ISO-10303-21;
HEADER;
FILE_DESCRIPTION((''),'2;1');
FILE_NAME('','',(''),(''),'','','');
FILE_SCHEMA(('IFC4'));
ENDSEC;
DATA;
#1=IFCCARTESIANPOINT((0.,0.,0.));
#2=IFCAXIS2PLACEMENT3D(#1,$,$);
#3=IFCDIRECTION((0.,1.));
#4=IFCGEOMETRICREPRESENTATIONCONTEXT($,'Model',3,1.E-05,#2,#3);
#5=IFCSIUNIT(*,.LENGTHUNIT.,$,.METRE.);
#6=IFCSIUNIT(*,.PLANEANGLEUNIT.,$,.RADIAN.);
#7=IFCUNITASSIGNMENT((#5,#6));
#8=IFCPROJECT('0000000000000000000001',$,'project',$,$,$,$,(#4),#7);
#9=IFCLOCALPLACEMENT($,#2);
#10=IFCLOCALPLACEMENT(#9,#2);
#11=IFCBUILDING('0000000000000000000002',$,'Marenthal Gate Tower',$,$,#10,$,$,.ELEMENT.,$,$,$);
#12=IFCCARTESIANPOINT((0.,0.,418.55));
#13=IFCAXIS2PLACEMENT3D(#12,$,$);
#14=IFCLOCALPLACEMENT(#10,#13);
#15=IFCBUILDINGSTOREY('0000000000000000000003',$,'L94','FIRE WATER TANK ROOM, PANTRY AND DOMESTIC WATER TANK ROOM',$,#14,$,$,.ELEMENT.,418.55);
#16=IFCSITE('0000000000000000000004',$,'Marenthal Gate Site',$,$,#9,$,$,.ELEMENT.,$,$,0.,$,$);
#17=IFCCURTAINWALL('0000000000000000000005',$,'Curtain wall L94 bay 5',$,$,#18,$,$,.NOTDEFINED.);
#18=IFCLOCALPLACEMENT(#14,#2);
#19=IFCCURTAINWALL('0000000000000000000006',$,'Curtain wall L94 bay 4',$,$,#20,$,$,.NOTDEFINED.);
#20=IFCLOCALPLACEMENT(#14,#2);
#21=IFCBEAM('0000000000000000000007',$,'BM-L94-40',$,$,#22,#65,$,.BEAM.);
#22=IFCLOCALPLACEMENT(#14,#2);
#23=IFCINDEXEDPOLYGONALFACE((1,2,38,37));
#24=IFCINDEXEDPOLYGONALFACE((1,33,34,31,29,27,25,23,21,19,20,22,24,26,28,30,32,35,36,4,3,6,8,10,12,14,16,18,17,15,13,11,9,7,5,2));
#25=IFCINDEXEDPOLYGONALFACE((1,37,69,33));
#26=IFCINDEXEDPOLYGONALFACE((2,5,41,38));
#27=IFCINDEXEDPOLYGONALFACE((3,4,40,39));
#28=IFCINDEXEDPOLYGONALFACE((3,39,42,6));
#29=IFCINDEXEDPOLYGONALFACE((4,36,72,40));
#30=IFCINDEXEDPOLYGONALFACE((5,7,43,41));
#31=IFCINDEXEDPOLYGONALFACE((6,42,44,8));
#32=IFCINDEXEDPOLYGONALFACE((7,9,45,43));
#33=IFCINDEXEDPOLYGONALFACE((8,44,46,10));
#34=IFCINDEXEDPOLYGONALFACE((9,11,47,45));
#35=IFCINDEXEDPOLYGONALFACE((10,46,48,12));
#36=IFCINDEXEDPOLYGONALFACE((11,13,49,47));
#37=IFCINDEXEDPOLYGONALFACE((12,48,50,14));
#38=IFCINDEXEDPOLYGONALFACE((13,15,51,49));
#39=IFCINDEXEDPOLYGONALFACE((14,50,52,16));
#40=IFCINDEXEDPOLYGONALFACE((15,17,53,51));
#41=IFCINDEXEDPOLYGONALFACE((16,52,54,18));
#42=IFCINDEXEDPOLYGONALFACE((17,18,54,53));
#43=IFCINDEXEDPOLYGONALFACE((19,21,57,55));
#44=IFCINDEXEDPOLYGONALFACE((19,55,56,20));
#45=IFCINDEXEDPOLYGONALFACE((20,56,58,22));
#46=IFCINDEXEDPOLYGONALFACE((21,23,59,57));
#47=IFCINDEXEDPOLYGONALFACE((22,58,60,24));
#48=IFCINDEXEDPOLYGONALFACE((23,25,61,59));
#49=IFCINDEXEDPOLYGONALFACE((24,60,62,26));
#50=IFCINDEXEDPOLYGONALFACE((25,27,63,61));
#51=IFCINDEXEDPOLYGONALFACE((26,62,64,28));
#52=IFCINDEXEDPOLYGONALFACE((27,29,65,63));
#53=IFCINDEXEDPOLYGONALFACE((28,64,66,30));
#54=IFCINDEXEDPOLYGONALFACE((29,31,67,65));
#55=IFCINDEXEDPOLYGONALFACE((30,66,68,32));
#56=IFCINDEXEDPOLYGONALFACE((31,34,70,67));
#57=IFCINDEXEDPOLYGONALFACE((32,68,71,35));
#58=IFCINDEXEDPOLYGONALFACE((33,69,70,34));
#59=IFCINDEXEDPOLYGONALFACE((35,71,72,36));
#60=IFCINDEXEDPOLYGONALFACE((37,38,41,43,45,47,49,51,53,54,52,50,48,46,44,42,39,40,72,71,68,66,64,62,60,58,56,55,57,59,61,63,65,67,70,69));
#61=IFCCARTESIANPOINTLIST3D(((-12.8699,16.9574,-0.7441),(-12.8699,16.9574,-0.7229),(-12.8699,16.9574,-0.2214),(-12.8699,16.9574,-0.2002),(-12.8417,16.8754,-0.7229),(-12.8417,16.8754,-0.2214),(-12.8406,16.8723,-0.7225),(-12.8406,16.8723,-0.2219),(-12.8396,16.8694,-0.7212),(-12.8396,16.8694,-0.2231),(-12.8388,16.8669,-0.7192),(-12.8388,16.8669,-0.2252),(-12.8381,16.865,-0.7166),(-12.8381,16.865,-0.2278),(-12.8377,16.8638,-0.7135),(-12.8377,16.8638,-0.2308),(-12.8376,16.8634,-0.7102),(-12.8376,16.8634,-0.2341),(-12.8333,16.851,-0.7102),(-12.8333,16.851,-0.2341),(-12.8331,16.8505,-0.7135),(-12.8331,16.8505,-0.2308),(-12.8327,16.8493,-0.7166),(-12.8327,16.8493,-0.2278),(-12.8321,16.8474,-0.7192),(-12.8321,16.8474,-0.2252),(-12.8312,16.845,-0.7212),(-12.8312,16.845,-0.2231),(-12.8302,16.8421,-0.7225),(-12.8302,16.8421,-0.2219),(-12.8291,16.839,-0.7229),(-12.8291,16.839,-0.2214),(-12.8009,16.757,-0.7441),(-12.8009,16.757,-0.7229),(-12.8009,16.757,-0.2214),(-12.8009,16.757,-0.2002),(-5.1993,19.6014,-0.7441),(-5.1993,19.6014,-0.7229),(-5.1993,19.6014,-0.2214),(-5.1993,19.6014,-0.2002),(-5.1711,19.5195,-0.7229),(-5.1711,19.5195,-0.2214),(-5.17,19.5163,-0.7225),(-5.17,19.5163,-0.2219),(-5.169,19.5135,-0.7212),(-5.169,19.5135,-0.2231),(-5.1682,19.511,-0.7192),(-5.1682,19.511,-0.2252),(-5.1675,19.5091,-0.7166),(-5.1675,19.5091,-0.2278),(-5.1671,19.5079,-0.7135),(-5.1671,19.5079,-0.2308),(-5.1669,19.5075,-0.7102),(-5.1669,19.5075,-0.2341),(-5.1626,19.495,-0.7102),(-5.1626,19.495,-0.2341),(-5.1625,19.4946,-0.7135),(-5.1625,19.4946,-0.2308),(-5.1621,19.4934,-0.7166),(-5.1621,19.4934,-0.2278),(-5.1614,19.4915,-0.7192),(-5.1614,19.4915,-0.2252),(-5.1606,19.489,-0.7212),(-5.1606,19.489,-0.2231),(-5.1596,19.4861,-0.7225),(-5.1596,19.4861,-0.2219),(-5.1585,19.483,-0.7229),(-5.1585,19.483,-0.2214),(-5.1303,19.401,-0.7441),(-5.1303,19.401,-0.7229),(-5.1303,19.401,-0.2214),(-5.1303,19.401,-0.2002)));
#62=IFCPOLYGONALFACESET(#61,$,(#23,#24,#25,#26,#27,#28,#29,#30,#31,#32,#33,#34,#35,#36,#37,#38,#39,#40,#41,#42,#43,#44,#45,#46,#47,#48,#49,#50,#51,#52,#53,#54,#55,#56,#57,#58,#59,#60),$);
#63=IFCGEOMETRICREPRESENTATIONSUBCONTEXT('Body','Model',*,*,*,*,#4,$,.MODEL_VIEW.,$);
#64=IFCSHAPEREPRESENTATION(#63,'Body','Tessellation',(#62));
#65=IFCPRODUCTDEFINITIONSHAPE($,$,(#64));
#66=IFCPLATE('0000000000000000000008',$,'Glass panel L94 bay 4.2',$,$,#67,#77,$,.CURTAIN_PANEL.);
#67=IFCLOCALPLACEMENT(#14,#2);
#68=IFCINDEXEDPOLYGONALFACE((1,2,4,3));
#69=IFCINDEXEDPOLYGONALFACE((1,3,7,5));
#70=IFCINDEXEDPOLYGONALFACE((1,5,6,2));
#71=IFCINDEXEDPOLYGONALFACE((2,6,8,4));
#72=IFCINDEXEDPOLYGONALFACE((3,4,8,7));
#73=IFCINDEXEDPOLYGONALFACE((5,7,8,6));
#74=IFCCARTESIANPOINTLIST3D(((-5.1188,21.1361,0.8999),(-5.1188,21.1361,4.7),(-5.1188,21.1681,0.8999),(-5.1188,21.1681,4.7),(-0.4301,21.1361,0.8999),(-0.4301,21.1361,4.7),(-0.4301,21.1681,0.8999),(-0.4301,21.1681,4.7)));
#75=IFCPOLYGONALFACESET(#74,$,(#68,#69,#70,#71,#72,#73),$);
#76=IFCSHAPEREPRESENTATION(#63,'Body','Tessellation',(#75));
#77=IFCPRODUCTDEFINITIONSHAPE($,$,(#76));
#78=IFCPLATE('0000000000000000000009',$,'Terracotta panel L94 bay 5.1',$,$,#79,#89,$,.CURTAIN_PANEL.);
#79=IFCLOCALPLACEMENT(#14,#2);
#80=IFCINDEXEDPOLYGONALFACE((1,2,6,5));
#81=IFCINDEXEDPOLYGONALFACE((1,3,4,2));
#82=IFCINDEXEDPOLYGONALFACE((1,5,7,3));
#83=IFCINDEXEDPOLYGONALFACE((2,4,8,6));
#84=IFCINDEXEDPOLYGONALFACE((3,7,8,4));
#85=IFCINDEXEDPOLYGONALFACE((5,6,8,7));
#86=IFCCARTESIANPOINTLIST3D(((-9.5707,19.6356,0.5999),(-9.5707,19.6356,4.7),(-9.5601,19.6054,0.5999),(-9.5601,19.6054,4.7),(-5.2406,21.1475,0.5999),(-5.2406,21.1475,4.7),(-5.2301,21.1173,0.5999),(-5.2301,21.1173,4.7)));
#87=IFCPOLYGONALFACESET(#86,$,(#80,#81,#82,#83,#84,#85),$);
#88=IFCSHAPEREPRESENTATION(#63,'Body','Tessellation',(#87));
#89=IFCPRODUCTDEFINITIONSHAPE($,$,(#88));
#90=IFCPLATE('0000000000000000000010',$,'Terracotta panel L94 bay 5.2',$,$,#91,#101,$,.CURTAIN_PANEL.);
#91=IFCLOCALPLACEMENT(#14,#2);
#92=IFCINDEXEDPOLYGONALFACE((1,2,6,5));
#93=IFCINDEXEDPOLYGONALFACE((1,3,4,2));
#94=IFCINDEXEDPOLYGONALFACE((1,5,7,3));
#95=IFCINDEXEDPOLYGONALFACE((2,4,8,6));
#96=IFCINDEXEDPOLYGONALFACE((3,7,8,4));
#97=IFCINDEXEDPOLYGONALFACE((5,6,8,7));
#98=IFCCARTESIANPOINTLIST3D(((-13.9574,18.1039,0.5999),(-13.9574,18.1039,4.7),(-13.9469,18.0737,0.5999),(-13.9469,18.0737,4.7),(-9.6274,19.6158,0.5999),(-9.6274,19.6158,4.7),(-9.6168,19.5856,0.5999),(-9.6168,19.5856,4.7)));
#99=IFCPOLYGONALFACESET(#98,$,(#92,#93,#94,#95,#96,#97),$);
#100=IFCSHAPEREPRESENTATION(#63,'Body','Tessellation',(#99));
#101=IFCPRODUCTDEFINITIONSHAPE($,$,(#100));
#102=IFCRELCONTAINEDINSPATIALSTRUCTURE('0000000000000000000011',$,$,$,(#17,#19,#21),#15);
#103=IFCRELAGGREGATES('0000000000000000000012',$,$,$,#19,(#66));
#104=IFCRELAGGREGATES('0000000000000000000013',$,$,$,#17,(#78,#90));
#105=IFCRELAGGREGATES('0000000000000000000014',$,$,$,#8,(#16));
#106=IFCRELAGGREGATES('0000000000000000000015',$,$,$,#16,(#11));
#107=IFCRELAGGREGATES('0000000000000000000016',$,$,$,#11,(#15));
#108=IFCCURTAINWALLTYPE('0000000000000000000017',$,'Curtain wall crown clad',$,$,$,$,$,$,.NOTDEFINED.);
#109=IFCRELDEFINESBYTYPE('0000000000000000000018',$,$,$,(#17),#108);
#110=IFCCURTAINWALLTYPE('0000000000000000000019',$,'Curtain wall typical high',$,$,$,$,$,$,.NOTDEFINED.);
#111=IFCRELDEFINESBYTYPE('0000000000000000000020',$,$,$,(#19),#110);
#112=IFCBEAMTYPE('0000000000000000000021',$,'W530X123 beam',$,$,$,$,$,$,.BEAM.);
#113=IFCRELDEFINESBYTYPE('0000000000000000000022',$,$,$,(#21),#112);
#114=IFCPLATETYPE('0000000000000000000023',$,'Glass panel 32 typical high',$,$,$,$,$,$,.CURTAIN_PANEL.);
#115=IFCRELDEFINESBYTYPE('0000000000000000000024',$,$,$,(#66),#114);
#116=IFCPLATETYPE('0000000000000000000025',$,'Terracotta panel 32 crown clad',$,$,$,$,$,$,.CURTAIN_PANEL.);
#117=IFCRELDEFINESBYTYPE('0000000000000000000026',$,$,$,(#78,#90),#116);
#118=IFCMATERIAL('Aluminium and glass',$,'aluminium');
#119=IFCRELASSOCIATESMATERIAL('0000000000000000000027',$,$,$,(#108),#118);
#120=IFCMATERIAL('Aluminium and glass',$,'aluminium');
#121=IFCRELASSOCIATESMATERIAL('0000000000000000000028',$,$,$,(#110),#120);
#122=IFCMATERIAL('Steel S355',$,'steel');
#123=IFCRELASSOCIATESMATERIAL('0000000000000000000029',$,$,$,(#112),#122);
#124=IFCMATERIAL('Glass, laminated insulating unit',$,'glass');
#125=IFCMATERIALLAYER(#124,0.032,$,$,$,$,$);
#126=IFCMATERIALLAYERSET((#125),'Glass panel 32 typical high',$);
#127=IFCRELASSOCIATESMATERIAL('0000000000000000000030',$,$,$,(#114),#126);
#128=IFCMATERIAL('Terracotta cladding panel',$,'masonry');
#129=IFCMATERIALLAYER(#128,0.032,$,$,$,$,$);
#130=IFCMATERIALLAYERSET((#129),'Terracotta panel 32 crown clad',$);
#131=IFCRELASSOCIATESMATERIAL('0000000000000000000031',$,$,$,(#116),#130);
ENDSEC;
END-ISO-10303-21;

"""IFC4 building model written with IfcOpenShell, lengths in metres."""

from ifc_helpers import new_model, si_unit, direction, frame, origin, origin_2d, place, context, subcontext, project, spatial, rectangle, i_section, extrude, material, layer, layer_set, material_profile, profile_set, type_object, element, aggregate, save


model = new_model("IFC4")

# Units and contexts
model_context = context("Model", 3, precision=1e-05, world=origin(), true_north=direction((0.0, 1.0)))
body_context = subcontext(model_context, "Body", "Model", "MODEL_VIEW")
ifc_project = project(units=[si_unit("LENGTHUNIT", "METRE"), si_unit("PLANEANGLEUNIT", "RADIAN")], contexts=[model_context])

# Site, building, storey
site_placement = place(None, origin())
site = spatial("IfcSite", under=ifc_project, at=site_placement, Name="Marenthal Gate Site", CompositionType="ELEMENT", RefElevation=0.0)
building_placement = place(site_placement, origin())
building = spatial("IfcBuilding", under=site, at=building_placement, Name="Marenthal Gate Tower", CompositionType="ELEMENT")
storey_placement = place(building_placement, frame((0.0, 0.0, 418.55)))
storey = spatial("IfcBuildingStorey", under=building, at=storey_placement, Name="L94", Description="FIRE WATER TANK ROOM, PANTRY AND DOMESTIC WATER TANK ROOM", CompositionType="ELEMENT", Elevation=418.55)

# Curtain walls
ifc_material_1 = material(Name="Aluminium and glass", Category="aluminium")
curtain_wall_type_1 = type_object("IfcCurtainWallType", Name="Curtain wall crown clad", PredefinedType="NOTDEFINED", material=ifc_material_1)
curtain_wall_1_placement = place(storey_placement, origin())
curtain_wall_1 = element("IfcCurtainWall", 1, at=curtain_wall_1_placement, inside=storey, type_object=curtain_wall_type_1, Name="Curtain wall L94 bay 5", PredefinedType="NOTDEFINED")
ifc_material_2 = material(Name="Aluminium and glass", Category="aluminium")
curtain_wall_type_2 = type_object("IfcCurtainWallType", Name="Curtain wall typical high", PredefinedType="NOTDEFINED", material=ifc_material_2)
curtain_wall_2_placement = place(storey_placement, origin())
curtain_wall_2 = element("IfcCurtainWall", 2, at=curtain_wall_2_placement, inside=storey, type_object=curtain_wall_type_2, Name="Curtain wall L94 bay 4", PredefinedType="NOTDEFINED")

# Beam
ifc_material_3 = material(Name="Steel S355", Category="steel")
ifc_material_profile_1 = material_profile(ifc_material_3, i_section(OverallWidth=0.2119, OverallDepth=0.5439, WebThickness=0.0132, FlangeThickness=0.0212, FilletRadius=0.0127, at=origin_2d()), Name="W530X123")
ifc_profile_set_1 = profile_set([ifc_material_profile_1], Name="Steel S355")
beam_type_1 = type_object("IfcBeamType", Name="W530X123 beam", PredefinedType="BEAM", material=ifc_profile_set_1)
beam_1_placement = place(storey_placement, frame((-5.1648, 19.5012, -0.4722), z_axis=(-0.945411, -0.325879, 0.0), x_axis=(0.325879, -0.945411, 0.0)))
element("IfcBeam", 3, at=beam_1_placement, inside=storey, type_object=beam_type_1, Name="BM-L94-40", PredefinedType="BEAM", context=body_context, shape_type="SweptSolid", body=[
    extrude(i_section(OverallWidth=0.2119, OverallDepth=0.5439, WebThickness=0.0132, FlangeThickness=0.0212, FilletRadius=0.0127, at=origin_2d()), origin(), (0.0, 0.0, 1.0), 8.1135),
])

# Plates
ifc_material_4 = material(Name="Glass, laminated insulating unit", Category="glass")
ifc_layer_1 = layer(ifc_material_4, 0.032)
ifc_layer_set_1 = layer_set([ifc_layer_1], Name="Glass panel 32 typical high")
plate_type_1 = type_object("IfcPlateType", Name="Glass panel 32 typical high", PredefinedType="CURTAIN_PANEL", material=ifc_layer_set_1)
plate_1_placement = place(storey_placement, frame((-2.7744, 21.1521, 0.8999), z_axis=(0.0, 0.0, 1.0), x_axis=(-1.0, 0.0, 0.0)))
plate_1 = element("IfcPlate", 4, at=plate_1_placement, type_object=plate_type_1, Name="Glass panel L94 bay 4.2", PredefinedType="CURTAIN_PANEL", context=body_context, shape_type="SweptSolid", body=[
    extrude(rectangle(XDim=4.6887, YDim=0.032, at=origin_2d()), origin(), (0.0, 0.0, 1.0), 3.8),
])
aggregate(curtain_wall_2, [plate_1])
ifc_material_5 = material(Name="Terracotta cladding panel", Category="masonry")
ifc_layer_2 = layer(ifc_material_5, 0.032)
ifc_layer_set_2 = layer_set([ifc_layer_2], Name="Terracotta panel 32 crown clad")
plate_type_2 = type_object("IfcPlateType", Name="Terracotta panel 32 crown clad", PredefinedType="CURTAIN_PANEL", material=ifc_layer_set_2)
plate_2_placement = place(storey_placement, frame((-7.4004, 20.3765, 0.5999), z_axis=(0.0, 0.0, 1.0), x_axis=(-0.944101, -0.329655, 0.0)))
plate_2 = element("IfcPlate", 5, at=plate_2_placement, type_object=plate_type_2, Name="Terracotta panel L94 bay 5.1", PredefinedType="CURTAIN_PANEL", context=body_context, shape_type="SweptSolid", body=[
    extrude(rectangle(XDim=4.5864, YDim=0.032, at=origin_2d()), origin(), (0.0, 0.0, 1.0), 4.1001),
])
plate_3_placement = place(storey_placement, frame((-11.7871, 18.8447, 0.5999), z_axis=(0.0, 0.0, 1.0), x_axis=(-0.944101, -0.329655, 0.0)))
plate_3 = element("IfcPlate", 6, at=plate_3_placement, type_object=plate_type_2, Name="Terracotta panel L94 bay 5.2", PredefinedType="CURTAIN_PANEL", context=body_context, shape_type="SweptSolid", body=[
    extrude(rectangle(XDim=4.5864, YDim=0.032, at=origin_2d()), origin(), (0.0, 0.0, 1.0), 4.1001),
])
aggregate(curtain_wall_1, [plate_2, plate_3])

save(model, "model.ifc")
